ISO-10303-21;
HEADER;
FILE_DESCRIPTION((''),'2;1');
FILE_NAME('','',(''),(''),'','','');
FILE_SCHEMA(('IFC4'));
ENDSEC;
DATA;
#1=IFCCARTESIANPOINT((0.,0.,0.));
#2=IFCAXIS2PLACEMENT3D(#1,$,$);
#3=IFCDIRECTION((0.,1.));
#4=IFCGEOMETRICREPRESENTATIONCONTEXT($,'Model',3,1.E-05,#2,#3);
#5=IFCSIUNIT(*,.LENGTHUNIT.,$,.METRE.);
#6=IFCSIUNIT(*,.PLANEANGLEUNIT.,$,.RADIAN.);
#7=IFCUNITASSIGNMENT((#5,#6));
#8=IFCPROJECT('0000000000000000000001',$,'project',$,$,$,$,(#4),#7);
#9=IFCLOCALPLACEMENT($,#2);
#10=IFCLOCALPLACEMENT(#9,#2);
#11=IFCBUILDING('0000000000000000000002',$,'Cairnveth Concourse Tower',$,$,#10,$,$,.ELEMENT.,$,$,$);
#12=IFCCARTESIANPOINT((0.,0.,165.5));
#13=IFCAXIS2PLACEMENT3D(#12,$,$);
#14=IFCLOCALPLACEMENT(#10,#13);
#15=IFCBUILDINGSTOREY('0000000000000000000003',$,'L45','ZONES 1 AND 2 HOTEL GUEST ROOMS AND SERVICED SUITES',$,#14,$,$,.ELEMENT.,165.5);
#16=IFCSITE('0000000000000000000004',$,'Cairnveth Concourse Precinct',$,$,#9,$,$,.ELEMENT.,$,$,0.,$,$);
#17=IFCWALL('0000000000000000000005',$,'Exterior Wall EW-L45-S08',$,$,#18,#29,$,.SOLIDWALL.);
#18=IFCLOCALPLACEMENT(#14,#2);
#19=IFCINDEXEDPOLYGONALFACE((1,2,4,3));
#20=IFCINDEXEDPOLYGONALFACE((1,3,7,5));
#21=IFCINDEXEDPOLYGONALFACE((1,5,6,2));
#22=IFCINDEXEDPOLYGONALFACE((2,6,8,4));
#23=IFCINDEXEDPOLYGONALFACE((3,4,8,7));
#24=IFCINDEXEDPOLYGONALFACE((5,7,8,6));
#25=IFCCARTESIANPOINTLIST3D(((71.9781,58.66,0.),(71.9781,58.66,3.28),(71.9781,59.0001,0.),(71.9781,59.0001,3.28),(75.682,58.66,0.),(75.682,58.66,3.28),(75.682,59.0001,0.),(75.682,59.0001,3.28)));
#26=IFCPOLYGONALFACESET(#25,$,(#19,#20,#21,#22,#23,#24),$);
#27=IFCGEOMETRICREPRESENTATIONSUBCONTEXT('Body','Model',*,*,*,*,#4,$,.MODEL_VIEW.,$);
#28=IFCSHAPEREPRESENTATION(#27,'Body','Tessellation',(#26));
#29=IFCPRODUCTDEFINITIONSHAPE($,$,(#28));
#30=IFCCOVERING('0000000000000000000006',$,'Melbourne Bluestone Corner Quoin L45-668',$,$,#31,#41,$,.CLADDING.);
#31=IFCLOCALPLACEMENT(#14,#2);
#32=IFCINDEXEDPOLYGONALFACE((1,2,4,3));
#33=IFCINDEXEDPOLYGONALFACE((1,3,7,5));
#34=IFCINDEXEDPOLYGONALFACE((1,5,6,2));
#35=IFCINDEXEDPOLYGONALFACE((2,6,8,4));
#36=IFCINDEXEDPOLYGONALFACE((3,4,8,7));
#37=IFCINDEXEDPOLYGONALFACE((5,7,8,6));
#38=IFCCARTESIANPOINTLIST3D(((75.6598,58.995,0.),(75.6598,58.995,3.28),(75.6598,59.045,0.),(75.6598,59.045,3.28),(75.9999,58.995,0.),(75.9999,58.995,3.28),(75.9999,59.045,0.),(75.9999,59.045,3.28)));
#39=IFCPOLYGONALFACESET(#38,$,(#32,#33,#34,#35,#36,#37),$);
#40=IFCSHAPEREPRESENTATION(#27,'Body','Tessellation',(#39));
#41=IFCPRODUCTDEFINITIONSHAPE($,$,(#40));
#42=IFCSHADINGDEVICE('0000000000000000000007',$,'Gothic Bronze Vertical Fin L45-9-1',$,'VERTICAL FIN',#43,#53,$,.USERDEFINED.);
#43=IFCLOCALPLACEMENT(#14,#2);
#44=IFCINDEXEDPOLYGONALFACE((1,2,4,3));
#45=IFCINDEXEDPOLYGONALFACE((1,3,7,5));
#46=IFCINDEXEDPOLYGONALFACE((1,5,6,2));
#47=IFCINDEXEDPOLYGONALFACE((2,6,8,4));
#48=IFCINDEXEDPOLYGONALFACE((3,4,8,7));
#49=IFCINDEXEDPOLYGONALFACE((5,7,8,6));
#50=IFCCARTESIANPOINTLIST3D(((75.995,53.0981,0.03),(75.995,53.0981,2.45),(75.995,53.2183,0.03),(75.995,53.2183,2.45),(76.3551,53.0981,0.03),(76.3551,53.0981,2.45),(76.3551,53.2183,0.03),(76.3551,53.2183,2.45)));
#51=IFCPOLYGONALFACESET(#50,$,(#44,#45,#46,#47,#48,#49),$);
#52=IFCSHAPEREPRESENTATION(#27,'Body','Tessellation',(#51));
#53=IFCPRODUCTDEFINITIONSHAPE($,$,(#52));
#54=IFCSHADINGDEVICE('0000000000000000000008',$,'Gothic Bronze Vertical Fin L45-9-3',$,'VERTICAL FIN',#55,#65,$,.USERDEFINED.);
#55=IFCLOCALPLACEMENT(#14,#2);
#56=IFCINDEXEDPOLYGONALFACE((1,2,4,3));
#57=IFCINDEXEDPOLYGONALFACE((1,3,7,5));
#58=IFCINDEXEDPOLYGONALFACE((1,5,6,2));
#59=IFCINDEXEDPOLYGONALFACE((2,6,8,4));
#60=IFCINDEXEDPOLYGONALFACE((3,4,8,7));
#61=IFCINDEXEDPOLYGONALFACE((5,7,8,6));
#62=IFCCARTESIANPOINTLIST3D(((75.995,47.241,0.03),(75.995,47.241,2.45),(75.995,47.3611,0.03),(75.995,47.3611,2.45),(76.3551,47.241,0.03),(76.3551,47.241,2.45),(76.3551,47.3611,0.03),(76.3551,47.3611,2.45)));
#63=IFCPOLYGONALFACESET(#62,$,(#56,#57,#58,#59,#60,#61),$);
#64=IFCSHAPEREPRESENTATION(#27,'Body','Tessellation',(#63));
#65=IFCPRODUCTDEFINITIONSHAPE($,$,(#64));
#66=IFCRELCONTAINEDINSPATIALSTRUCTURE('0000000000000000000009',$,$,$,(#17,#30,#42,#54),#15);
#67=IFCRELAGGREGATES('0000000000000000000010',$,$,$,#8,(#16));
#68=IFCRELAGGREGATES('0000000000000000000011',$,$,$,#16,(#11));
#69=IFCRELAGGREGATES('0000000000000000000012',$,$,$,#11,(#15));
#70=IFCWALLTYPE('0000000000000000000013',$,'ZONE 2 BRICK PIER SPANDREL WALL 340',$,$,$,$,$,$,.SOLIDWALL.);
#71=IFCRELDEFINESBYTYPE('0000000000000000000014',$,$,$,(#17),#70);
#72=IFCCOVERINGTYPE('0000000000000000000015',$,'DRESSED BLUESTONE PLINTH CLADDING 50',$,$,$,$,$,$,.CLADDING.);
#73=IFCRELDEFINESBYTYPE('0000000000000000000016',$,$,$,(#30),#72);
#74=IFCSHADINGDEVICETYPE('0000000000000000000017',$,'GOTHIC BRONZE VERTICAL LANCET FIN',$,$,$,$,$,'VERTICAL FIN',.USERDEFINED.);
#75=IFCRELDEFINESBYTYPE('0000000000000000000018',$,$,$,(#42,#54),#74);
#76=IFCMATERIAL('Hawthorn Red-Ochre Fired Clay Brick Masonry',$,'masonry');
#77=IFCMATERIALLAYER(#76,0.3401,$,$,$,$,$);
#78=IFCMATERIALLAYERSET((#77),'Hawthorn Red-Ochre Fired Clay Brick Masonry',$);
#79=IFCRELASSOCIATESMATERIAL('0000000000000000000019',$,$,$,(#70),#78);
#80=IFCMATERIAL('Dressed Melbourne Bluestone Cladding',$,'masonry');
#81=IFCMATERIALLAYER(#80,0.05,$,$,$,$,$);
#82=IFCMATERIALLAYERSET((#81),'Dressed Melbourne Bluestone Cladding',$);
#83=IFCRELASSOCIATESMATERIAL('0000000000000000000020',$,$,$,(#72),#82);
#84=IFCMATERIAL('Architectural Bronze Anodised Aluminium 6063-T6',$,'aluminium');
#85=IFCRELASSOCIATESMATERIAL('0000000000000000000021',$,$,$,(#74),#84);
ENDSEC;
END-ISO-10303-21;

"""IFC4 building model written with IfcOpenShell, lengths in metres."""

from ifc_helpers import new_model, si_unit, direction, frame, frame_2d, origin, origin_2d, place, context, subcontext, project, spatial, rectangle, extrude, material, layer, layer_set, type_object, element, save


model = new_model("IFC4")

# Units and contexts
model_context = context("Model", 3, precision=1e-05, world=origin(), true_north=direction((0.0, 1.0)))
body_context = subcontext(model_context, "Body", "Model", "MODEL_VIEW")
ifc_project = project(units=[si_unit("LENGTHUNIT", "METRE"), si_unit("PLANEANGLEUNIT", "RADIAN")], contexts=[model_context])

# Site, building, storey
site_placement = place(None, origin())
site = spatial("IfcSite", under=ifc_project, at=site_placement, Name="Cairnveth Concourse Precinct", CompositionType="ELEMENT", RefElevation=0.0)
building_placement = place(site_placement, origin())
building = spatial("IfcBuilding", under=site, at=building_placement, Name="Cairnveth Concourse Tower", CompositionType="ELEMENT")
storey_placement = place(building_placement, frame((0.0, 0.0, 165.5)))
storey = spatial("IfcBuildingStorey", under=building, at=storey_placement, Name="L45", Description="ZONES 1 AND 2 HOTEL GUEST ROOMS AND SERVICED SUITES", CompositionType="ELEMENT", Elevation=165.5)

# Wall
ifc_material_1 = material(Name="Hawthorn Red-Ochre Fired Clay Brick Masonry", Category="masonry")
ifc_layer_1 = layer(ifc_material_1, 0.3401)
ifc_layer_set_1 = layer_set([ifc_layer_1], Name="Hawthorn Red-Ochre Fired Clay Brick Masonry")
wall_type = type_object("IfcWallType", Name="ZONE 2 BRICK PIER SPANDREL WALL 340", PredefinedType="SOLIDWALL", material=ifc_layer_set_1)
wall_1_placement = place(storey_placement, frame((71.978, 58.8301, 0.0), z_axis=(0.0, 0.0, 1.0), x_axis=(1.0, 0.0, 0.0)))
element("IfcWall", 1, at=wall_1_placement, inside=storey, type_object=wall_type, Name="Exterior Wall EW-L45-S08", PredefinedType="SOLIDWALL", context=body_context, shape_type="SweptSolid", body=[
    extrude(rectangle(XDim=3.7039, YDim=0.3401, at=frame_2d((1.8521, 0.0))), origin(), (0.0, 0.0, 1.0), 3.28),
])

# Covering
ifc_material_2 = material(Name="Dressed Melbourne Bluestone Cladding", Category="masonry")
ifc_layer_2 = layer(ifc_material_2, 0.05)
ifc_layer_set_2 = layer_set([ifc_layer_2], Name="Dressed Melbourne Bluestone Cladding")
covering_type = type_object("IfcCoveringType", Name="DRESSED BLUESTONE PLINTH CLADDING 50", PredefinedType="CLADDING", material=ifc_layer_set_2)
covering_placement = place(storey_placement, frame((75.6599, 59.02, 0.0), z_axis=(0.0, 0.0, 1.0), x_axis=(1.0, 0.0, 0.0)))
element("IfcCovering", 2, at=covering_placement, inside=storey, type_object=covering_type, Name="Melbourne Bluestone Corner Quoin L45-668", PredefinedType="CLADDING", context=body_context, shape_type="SweptSolid", body=[
    extrude(rectangle(XDim=0.3401, YDim=0.05, at=frame_2d((0.1699, 0.0))), origin(), (0.0, 0.0, 1.0), 3.28),
])

# Shading devices
ifc_material_3 = material(Name="Architectural Bronze Anodised Aluminium 6063-T6", Category="aluminium")
shading_device_type = type_object("IfcShadingDeviceType", Name="GOTHIC BRONZE VERTICAL LANCET FIN", ElementType="VERTICAL FIN", PredefinedType="USERDEFINED", material=ifc_material_3)
for number, where, z_axis, x_axis, name in (
    (3, (76.175, 53.1582, 0.03), (0.0, 0.0, 1.0), (0.0, 1.0, 0.0), "Gothic Bronze Vertical Fin L45-9-1"),
    (4, (76.175, 47.301, 0.03), (0.0, 0.0, 1.0), (0.0, 1.0, 0.0), "Gothic Bronze Vertical Fin L45-9-3"),
):
    element("IfcShadingDevice", number, at=place(storey_placement, frame(where, z_axis=z_axis, x_axis=x_axis)), inside=storey, type_object=shading_device_type, Name=name, ObjectType="VERTICAL FIN", PredefinedType="USERDEFINED", context=body_context, shape_type="SweptSolid", body=[
        extrude(rectangle(XDim=0.1201, YDim=0.3601, at=origin_2d()), origin(), (0.0, 0.0, 1.0), 2.4199),
    ])

save(model, "model.ifc")
